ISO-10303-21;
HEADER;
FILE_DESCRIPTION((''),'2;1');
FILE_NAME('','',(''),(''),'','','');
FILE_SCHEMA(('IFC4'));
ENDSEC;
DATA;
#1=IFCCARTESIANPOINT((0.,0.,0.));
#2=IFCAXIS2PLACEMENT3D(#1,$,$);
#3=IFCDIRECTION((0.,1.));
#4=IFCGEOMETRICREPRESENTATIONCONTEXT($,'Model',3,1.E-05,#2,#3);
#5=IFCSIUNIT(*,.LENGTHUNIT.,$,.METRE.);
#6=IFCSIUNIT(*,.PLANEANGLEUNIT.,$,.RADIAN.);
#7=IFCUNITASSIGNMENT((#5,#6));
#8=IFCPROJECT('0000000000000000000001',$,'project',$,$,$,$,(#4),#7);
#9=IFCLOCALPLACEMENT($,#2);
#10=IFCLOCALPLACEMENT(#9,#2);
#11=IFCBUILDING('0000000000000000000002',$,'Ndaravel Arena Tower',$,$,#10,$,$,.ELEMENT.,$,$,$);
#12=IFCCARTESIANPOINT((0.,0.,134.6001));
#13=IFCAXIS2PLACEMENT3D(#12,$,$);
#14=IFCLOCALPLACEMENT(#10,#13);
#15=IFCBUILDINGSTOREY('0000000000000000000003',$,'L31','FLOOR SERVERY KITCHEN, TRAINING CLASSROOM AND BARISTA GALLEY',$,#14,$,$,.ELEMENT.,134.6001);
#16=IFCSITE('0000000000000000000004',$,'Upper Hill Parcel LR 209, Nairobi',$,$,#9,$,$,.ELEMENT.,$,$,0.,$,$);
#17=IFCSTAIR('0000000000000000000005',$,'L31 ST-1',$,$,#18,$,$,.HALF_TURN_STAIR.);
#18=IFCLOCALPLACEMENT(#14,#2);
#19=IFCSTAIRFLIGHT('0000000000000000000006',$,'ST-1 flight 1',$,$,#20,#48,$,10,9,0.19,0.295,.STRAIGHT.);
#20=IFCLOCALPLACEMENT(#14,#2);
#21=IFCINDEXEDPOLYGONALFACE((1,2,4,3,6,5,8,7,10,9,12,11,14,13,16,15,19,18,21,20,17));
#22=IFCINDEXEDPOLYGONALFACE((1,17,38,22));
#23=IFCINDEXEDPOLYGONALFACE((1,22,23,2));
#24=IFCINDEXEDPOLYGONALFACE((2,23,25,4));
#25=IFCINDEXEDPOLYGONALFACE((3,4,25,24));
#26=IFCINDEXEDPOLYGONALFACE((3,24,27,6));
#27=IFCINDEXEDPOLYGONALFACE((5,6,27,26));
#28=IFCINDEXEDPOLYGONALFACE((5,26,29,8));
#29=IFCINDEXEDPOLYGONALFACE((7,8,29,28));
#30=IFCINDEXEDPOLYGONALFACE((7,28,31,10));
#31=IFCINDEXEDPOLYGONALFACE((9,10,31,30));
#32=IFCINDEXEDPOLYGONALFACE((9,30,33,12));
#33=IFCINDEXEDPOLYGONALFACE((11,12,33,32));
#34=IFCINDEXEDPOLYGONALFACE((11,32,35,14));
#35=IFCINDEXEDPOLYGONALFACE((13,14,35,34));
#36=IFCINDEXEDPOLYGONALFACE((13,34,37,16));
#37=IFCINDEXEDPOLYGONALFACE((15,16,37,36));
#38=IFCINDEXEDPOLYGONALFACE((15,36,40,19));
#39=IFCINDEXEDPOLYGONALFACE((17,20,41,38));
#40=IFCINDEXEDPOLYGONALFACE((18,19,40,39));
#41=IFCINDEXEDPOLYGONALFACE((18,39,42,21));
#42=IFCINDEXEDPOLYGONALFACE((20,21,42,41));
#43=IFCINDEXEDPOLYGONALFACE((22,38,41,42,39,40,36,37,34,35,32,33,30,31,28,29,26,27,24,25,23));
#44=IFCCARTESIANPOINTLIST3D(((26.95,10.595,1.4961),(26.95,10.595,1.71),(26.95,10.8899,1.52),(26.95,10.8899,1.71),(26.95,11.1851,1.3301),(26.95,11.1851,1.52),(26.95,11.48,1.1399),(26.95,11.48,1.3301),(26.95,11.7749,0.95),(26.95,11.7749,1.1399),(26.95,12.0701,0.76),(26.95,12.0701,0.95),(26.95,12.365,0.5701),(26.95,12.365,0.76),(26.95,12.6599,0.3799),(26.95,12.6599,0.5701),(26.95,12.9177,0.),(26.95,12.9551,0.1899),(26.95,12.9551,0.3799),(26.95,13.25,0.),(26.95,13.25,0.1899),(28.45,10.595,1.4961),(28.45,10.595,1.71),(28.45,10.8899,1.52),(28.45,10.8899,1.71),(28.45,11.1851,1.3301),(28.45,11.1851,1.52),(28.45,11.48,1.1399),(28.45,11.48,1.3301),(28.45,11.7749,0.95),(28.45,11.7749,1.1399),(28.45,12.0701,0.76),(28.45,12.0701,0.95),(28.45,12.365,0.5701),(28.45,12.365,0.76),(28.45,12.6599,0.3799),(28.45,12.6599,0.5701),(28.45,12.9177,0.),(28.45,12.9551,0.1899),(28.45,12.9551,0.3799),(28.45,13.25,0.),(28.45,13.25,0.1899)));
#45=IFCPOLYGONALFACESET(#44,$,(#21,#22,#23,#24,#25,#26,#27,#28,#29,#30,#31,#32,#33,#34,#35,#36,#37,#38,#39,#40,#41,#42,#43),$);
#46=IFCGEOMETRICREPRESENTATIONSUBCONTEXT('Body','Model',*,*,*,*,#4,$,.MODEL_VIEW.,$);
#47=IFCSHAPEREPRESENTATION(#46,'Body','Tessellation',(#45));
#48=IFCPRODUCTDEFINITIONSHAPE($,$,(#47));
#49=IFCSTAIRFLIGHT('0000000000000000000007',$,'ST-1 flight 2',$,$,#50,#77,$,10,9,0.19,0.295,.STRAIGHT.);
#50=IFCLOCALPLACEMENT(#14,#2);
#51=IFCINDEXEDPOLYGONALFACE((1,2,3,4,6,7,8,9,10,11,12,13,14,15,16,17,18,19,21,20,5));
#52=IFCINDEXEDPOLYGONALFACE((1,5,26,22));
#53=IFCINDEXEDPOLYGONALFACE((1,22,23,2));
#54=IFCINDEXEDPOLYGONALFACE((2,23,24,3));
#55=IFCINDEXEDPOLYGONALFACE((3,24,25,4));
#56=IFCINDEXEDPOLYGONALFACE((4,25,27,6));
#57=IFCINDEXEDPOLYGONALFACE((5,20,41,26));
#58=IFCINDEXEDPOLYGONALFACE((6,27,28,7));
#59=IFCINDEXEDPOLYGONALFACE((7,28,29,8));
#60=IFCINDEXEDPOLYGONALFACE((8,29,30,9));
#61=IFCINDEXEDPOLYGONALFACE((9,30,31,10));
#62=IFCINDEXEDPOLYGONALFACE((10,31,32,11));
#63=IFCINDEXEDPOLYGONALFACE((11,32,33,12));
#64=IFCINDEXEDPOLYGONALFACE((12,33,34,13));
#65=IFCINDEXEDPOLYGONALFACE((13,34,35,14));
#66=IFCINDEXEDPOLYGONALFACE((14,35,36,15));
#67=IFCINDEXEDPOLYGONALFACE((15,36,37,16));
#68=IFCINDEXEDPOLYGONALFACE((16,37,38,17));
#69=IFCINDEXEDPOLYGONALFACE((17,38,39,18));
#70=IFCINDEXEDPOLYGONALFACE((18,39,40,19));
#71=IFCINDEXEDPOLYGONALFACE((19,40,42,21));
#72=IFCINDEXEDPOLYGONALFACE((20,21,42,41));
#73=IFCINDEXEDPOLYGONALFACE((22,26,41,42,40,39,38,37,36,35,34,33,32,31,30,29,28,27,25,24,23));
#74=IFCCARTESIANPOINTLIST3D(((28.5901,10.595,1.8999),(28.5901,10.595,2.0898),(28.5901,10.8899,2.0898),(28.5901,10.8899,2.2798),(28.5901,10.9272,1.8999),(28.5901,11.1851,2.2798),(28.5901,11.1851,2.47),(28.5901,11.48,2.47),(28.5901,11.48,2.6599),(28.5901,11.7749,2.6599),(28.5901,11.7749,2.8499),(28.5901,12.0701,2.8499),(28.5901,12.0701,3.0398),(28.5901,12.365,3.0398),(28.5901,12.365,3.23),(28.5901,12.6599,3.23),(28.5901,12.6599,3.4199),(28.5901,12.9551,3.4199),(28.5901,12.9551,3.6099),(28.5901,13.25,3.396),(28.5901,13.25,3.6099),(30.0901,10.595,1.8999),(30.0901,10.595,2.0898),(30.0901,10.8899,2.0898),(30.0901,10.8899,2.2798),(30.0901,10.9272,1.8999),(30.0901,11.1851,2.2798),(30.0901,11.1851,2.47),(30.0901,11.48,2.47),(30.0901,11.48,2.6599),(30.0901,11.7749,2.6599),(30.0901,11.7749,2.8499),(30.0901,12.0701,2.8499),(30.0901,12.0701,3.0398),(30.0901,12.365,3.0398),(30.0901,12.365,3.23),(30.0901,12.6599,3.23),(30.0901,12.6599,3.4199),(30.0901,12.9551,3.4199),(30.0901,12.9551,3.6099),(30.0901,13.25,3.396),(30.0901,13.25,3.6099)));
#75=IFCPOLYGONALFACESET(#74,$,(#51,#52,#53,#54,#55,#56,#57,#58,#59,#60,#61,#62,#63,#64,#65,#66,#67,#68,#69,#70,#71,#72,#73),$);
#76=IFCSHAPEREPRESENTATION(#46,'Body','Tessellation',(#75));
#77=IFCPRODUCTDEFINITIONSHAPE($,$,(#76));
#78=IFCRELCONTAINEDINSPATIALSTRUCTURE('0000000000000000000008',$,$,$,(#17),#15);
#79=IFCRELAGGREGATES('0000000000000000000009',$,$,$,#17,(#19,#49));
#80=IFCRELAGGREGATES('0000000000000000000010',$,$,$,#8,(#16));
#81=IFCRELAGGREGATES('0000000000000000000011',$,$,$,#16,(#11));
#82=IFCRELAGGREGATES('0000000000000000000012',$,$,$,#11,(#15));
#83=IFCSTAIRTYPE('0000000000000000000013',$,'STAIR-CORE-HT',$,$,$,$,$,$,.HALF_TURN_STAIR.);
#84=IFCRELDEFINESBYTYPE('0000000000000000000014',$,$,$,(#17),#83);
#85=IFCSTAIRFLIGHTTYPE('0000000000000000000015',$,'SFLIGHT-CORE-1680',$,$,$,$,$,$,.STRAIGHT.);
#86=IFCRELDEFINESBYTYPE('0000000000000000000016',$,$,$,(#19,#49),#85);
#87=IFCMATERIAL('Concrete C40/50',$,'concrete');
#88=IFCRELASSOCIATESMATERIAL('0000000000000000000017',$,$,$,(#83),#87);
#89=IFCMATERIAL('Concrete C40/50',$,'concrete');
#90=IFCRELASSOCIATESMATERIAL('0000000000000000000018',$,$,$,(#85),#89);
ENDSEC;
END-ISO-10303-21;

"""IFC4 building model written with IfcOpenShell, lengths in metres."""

from ifc_helpers import new_model, si_unit, direction, frame, origin, place, context, subcontext, project, spatial, polyline, outline, extrude, material, type_object, element, aggregate, save


model = new_model("IFC4")

# Units and contexts
model_context = context("Model", 3, precision=1e-05, world=origin(), true_north=direction((0.0, 1.0)))
body_context = subcontext(model_context, "Body", "Model", "MODEL_VIEW")
ifc_project = project(units=[si_unit("LENGTHUNIT", "METRE"), si_unit("PLANEANGLEUNIT", "RADIAN")], contexts=[model_context])

# Site, building, storey
site_placement = place(None, origin())
site = spatial("IfcSite", under=ifc_project, at=site_placement, Name="Upper Hill Parcel LR 209, Nairobi", CompositionType="ELEMENT", RefElevation=0.0)
building_placement = place(site_placement, origin())
building = spatial("IfcBuilding", under=site, at=building_placement, Name="Ndaravel Arena Tower", CompositionType="ELEMENT")
storey_placement = place(building_placement, frame((0.0, 0.0, 134.6001)))
storey = spatial("IfcBuildingStorey", under=building, at=storey_placement, Name="L31", Description="FLOOR SERVERY KITCHEN, TRAINING CLASSROOM AND BARISTA GALLEY", CompositionType="ELEMENT", Elevation=134.6001)

# Stair, stair flights
ifc_material_1 = material(Name="Concrete C40/50", Category="concrete")
stair_type = type_object("IfcStairType", Name="STAIR-CORE-HT", PredefinedType="HALF_TURN_STAIR", material=ifc_material_1)
stair_placement = place(storey_placement, origin())
stair = element("IfcStair", 1, at=stair_placement, inside=storey, type_object=stair_type, Name="L31 ST-1", PredefinedType="HALF_TURN_STAIR")
ifc_material_2 = material(Name="Concrete C40/50", Category="concrete")
stair_flight_type = type_object("IfcStairFlightType", Name="SFLIGHT-CORE-1680", PredefinedType="STRAIGHT", material=ifc_material_2)
stair_flight_1_placement = place(storey_placement, frame((27.7, 13.25, 0.0), z_axis=(0.0, 0.0, 1.0), x_axis=(0.0, -1.0, 0.0)))
stair_flight_1 = element("IfcStairFlight", 2, at=stair_flight_1_placement, type_object=stair_flight_type, Name="ST-1 flight 1", NumberOfRisers=10, NumberOfTreads=9, PredefinedType="STRAIGHT", RiserHeight=0.19, TreadLength=0.295, context=body_context, shape_type="SweptSolid", body=[
    extrude(outline(polyline([(0.0, 0.0), (0.0, 0.1899), (0.2949, 0.1899), (0.2949, 0.3799), (0.5901, 0.3799), (0.5901, 0.5701), (0.885, 0.5701), (0.885, 0.76), (1.1799, 0.76), (1.1799, 0.95), (1.4751, 0.95), (1.4751, 1.1399), (1.77, 1.1399), (1.77, 1.3301), (2.0649, 1.3301), (2.0649, 1.52), (2.3601, 1.52), (2.3601, 1.71), (2.655, 1.71), (2.655, 1.8999), (2.655, 1.4961), (0.3323, 0.0), (0.0, 0.0)])), frame((0.0, 0.75, 0.0), z_axis=(0.0, -1.0, 0.0), x_axis=(1.0, 0.0, 0.0)), (0.0, 0.0, 1.0), 1.5),
])
stair_flight_2_placement = place(storey_placement, frame((29.3401, 10.595, 1.8999), z_axis=(0.0, 0.0, 1.0), x_axis=(0.0, 1.0, 0.0)))
stair_flight_2 = element("IfcStairFlight", 3, at=stair_flight_2_placement, type_object=stair_flight_type, Name="ST-1 flight 2", NumberOfRisers=10, NumberOfTreads=9, PredefinedType="STRAIGHT", RiserHeight=0.19, TreadLength=0.295, context=body_context, shape_type="SweptSolid", body=[
    extrude(outline(polyline([(0.0, 0.0), (0.0, 0.1899), (0.2949, 0.1899), (0.2949, 0.3799), (0.5901, 0.3799), (0.5901, 0.5701), (0.885, 0.5701), (0.885, 0.76), (1.1799, 0.76), (1.1799, 0.95), (1.4751, 0.95), (1.4751, 1.1399), (1.77, 1.1399), (1.77, 1.3301), (2.0649, 1.3301), (2.0649, 1.52), (2.3601, 1.52), (2.3601, 1.71), (2.655, 1.71), (2.655, 1.8999), (2.655, 1.4961), (0.3323, 0.0), (0.0, 0.0)])), frame((0.0, 0.75, 0.0), z_axis=(0.0, -1.0, 0.0), x_axis=(1.0, 0.0, 0.0)), (0.0, 0.0, 1.0), 1.5),
])
aggregate(stair, [stair_flight_1, stair_flight_2])

save(model, "model.ifc")
